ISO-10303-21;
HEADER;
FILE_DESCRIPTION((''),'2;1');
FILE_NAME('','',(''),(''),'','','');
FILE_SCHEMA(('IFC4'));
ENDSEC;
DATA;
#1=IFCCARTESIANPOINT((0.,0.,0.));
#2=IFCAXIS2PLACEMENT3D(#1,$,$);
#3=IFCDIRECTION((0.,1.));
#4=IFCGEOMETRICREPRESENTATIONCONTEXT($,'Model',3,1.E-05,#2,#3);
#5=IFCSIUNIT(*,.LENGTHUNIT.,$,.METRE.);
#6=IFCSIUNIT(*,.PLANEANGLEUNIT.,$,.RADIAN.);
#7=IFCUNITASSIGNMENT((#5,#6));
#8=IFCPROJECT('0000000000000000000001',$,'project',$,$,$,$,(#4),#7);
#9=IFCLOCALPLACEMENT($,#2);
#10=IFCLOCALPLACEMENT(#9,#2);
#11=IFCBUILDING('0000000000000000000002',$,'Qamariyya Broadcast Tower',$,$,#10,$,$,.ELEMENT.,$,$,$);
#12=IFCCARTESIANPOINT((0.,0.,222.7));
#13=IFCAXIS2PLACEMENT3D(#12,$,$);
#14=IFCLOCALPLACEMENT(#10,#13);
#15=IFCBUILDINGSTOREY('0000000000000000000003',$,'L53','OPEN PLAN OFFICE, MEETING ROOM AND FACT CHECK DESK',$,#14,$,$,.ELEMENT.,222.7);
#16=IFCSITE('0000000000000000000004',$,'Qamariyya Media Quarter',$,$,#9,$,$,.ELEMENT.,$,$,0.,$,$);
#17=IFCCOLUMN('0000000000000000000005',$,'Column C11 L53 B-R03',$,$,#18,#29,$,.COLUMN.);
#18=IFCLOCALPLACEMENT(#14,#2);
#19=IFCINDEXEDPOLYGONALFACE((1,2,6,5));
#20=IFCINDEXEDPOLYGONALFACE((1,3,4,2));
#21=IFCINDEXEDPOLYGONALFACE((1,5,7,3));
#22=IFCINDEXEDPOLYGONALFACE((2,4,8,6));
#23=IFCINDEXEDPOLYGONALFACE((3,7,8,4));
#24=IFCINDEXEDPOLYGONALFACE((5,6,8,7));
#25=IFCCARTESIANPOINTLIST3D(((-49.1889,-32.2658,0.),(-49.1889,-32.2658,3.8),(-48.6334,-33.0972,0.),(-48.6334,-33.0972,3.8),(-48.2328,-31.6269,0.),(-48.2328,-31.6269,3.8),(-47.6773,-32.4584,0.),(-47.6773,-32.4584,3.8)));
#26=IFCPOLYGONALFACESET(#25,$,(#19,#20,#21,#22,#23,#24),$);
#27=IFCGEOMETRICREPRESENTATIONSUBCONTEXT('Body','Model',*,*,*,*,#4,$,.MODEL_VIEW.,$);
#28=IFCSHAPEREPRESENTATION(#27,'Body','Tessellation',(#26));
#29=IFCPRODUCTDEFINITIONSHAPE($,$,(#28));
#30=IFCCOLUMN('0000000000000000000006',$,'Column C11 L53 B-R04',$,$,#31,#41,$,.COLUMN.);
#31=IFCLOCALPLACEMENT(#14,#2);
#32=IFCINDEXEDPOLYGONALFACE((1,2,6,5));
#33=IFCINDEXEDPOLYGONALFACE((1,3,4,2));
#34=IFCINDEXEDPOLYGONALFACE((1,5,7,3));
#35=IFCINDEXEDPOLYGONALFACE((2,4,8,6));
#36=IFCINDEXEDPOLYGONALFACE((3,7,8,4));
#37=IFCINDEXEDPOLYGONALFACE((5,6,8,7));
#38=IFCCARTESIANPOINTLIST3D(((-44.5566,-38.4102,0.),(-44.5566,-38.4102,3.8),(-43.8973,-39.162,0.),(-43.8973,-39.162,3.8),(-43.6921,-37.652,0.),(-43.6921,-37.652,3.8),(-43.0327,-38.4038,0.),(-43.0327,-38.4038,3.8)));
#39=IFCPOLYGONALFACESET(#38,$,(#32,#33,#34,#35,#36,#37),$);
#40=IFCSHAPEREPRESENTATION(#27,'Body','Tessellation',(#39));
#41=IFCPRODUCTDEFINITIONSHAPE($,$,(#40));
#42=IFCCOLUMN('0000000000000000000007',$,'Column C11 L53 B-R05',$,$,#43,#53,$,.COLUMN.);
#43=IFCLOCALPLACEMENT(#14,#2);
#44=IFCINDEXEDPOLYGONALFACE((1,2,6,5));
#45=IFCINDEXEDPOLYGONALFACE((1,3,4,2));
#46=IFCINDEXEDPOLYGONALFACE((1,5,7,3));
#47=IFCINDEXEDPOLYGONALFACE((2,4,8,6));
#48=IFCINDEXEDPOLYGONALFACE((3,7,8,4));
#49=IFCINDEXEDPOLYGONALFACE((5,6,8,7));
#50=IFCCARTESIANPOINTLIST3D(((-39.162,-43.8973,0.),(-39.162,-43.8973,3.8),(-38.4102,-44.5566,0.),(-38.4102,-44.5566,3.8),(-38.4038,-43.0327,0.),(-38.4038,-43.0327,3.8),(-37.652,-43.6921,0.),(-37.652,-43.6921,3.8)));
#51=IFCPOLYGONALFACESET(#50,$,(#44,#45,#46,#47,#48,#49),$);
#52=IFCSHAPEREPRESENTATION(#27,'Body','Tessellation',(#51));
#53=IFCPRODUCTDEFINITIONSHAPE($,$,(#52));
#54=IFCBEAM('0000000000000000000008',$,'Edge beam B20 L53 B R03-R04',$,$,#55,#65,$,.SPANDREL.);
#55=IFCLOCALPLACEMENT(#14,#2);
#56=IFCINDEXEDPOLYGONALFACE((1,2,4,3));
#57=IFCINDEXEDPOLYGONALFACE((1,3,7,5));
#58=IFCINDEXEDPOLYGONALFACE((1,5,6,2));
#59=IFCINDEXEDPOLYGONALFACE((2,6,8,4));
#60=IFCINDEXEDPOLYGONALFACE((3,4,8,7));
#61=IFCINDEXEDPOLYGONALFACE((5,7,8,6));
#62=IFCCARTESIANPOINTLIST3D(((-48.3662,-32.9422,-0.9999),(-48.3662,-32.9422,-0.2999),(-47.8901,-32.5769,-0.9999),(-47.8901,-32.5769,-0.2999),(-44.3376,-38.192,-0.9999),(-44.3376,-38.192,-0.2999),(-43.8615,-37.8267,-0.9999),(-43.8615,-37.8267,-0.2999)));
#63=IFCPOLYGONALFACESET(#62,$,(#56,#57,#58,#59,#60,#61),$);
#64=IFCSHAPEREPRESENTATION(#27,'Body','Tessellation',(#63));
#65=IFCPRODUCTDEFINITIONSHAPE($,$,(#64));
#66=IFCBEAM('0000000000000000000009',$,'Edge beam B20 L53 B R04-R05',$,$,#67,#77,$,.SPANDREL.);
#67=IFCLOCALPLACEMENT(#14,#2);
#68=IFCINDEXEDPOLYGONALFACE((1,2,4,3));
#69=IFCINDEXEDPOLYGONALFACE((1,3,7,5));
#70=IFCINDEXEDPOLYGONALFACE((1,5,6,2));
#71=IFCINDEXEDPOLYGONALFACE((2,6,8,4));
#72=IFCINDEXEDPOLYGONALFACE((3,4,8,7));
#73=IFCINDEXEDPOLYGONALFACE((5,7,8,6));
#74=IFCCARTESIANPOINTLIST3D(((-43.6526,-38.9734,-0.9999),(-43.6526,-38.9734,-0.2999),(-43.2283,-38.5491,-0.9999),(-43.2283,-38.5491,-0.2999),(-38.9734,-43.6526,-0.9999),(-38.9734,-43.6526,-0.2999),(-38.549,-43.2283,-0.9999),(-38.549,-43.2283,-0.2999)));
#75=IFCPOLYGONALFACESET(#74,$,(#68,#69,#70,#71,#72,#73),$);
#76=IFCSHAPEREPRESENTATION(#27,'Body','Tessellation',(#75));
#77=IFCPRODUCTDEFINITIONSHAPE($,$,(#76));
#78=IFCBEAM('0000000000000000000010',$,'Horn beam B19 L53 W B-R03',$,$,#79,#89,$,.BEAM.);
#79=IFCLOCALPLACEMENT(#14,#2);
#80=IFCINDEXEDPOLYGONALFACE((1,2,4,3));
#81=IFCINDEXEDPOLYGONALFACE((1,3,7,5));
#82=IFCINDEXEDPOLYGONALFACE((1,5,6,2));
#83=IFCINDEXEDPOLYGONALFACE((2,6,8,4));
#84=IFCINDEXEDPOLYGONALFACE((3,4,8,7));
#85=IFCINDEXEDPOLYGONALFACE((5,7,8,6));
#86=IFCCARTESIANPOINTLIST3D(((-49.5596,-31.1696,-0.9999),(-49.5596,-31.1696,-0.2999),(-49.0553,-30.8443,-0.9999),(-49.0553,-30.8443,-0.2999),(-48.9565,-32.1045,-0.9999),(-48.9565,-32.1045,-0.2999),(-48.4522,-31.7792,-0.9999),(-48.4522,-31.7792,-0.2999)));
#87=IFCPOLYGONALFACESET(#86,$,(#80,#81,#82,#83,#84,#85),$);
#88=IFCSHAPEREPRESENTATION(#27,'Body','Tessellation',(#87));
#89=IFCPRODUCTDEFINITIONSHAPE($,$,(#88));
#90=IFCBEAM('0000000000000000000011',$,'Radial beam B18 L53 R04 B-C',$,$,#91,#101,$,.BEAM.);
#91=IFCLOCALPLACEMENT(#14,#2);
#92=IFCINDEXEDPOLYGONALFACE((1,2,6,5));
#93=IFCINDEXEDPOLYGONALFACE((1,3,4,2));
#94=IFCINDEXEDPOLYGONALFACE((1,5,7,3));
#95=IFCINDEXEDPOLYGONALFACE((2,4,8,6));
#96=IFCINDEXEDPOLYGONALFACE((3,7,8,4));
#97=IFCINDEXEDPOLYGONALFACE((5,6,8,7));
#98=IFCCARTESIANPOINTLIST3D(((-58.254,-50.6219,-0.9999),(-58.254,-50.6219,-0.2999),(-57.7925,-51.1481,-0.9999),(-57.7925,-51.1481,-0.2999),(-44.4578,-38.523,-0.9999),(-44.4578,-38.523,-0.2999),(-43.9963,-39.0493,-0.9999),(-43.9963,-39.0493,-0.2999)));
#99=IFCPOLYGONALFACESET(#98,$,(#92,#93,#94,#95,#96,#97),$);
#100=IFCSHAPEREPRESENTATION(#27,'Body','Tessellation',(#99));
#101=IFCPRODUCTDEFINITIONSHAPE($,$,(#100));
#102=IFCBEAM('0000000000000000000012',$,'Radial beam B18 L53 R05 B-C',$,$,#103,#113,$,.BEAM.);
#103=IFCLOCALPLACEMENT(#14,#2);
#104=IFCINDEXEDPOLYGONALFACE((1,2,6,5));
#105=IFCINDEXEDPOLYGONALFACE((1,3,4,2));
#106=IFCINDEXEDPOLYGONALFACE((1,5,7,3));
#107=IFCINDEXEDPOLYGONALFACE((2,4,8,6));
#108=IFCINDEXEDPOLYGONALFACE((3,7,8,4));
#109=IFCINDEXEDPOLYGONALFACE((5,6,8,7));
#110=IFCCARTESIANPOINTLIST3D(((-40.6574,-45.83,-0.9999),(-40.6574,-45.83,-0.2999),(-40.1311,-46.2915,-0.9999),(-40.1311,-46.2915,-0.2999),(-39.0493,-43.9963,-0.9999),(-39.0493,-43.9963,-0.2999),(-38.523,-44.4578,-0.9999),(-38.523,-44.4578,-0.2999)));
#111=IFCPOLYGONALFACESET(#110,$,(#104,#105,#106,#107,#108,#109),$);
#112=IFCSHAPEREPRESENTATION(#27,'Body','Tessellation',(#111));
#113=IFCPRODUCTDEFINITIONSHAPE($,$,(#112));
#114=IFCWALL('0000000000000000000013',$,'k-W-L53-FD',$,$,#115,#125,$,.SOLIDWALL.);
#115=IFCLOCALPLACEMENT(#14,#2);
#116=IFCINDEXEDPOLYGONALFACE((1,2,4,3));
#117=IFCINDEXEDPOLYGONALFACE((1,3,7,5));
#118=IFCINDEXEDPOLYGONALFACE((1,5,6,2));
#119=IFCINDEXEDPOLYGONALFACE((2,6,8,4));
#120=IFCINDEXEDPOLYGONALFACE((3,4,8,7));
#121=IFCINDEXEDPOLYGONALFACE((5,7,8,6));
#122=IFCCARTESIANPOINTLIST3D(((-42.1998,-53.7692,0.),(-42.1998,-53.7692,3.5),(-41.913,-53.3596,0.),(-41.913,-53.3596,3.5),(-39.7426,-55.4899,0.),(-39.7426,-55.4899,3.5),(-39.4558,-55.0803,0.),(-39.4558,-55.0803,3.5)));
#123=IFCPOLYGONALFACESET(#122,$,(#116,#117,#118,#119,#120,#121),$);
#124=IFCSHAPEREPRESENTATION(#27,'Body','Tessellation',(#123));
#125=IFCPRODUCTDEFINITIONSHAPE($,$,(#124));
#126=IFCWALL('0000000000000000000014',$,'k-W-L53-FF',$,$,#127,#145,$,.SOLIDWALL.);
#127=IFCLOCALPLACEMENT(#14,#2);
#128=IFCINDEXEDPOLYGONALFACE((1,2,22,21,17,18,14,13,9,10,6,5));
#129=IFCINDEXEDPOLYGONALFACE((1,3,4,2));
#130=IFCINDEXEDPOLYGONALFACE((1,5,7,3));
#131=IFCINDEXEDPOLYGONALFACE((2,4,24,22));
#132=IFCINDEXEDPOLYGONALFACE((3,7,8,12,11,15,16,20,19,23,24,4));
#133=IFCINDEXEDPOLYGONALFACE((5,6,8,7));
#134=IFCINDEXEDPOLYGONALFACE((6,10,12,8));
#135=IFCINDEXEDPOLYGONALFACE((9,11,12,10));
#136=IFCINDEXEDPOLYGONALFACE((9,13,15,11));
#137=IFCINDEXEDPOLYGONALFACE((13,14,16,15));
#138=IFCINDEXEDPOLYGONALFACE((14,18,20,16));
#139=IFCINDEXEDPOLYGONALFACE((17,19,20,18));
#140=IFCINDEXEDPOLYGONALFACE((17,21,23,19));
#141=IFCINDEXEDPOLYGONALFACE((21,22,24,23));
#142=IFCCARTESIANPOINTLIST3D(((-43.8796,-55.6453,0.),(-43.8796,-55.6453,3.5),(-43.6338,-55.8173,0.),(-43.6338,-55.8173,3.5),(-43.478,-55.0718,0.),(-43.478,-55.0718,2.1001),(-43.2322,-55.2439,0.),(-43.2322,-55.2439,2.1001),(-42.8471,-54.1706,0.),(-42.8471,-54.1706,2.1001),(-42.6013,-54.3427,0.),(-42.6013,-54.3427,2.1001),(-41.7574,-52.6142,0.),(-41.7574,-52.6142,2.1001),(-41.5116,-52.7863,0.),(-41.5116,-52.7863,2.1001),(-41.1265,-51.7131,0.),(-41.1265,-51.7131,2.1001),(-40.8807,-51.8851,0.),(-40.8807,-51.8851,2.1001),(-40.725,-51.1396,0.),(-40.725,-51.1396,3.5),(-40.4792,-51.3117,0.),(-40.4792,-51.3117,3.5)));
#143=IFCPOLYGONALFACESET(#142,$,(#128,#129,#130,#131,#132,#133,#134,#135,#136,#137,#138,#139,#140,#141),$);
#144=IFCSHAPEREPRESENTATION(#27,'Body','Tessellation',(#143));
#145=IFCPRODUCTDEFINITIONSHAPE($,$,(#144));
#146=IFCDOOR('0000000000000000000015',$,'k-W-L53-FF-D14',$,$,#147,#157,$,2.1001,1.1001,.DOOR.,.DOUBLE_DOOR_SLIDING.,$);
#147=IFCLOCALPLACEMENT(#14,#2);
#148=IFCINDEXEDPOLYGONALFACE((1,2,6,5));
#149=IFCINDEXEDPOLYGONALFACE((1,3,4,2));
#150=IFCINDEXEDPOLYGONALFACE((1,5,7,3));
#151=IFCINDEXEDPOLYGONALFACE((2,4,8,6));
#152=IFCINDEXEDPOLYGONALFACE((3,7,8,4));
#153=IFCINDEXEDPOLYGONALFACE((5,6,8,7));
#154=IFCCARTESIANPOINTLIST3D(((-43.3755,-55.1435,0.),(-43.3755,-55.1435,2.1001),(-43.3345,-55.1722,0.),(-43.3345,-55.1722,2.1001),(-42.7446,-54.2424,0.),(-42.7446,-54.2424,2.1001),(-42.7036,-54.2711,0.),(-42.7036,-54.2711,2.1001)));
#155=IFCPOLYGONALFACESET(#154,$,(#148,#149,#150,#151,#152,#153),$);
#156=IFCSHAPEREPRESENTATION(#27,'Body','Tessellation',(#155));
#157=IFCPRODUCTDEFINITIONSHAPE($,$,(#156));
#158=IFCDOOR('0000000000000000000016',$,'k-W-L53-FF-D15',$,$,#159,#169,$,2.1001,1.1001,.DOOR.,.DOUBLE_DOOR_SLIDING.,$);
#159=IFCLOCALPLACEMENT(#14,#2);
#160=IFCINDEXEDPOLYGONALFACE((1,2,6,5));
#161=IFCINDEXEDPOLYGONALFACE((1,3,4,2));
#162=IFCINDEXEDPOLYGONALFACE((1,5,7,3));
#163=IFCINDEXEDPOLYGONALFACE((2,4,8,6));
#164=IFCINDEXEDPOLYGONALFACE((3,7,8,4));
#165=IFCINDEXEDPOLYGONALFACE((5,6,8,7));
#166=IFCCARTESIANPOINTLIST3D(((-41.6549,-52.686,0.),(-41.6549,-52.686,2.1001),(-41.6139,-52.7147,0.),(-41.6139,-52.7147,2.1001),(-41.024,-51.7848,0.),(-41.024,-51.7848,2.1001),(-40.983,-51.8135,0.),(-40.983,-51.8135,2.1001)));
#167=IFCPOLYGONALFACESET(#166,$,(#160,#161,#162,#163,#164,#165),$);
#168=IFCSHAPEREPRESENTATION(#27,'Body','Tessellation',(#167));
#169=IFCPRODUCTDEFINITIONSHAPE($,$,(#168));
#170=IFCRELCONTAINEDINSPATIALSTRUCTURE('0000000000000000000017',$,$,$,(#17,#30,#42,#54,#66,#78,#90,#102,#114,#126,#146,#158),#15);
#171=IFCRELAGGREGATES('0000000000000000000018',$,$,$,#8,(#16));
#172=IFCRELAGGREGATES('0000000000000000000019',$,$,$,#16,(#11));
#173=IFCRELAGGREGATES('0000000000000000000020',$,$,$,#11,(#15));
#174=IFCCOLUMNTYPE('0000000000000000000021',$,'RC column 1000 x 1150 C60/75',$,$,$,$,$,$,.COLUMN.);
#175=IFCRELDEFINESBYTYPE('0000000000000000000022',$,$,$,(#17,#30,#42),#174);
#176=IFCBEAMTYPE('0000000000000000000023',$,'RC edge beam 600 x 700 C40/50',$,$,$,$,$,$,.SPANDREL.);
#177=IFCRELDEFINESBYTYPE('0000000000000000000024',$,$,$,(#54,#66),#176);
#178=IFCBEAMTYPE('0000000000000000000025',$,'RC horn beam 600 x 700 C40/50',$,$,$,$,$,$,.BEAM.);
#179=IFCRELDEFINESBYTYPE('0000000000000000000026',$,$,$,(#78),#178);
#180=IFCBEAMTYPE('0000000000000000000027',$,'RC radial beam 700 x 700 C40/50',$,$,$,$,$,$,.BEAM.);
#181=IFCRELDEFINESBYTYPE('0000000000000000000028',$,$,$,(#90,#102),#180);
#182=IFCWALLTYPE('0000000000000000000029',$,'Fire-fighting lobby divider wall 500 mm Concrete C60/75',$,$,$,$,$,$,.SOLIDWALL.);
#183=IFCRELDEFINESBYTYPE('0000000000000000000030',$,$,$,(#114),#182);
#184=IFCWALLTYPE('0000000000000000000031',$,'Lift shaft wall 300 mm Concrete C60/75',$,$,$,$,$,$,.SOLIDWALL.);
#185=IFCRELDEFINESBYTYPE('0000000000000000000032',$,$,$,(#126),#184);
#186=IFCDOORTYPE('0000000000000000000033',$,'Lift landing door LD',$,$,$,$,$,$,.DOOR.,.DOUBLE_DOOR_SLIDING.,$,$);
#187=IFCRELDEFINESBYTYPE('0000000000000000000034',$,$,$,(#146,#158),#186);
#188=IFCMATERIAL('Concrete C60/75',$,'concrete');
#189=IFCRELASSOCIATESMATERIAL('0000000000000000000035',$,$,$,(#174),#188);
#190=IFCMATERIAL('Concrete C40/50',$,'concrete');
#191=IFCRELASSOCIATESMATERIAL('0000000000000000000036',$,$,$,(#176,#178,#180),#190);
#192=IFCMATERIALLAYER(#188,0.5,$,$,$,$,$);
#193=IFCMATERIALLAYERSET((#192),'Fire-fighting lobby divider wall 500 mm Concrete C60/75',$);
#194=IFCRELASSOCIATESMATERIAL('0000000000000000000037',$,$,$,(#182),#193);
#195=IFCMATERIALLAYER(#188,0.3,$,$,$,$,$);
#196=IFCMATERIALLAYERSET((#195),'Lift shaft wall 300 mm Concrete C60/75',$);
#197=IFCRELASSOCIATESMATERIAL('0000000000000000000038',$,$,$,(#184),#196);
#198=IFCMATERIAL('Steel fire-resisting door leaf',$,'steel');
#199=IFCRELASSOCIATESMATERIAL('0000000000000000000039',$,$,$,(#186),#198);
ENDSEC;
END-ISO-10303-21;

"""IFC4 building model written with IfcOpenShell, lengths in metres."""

from ifc_helpers import new_model, si_unit, direction, frame, frame_2d, origin, origin_2d, place, context, subcontext, project, spatial, rectangle, extrude, material, layer, layer_set, material_profile, profile_set, type_object, element, fill, save


model = new_model("IFC4")

# Units and contexts
model_context = context("Model", 3, precision=1e-05, world=origin(), true_north=direction((0.0, 1.0)))
body_context = subcontext(model_context, "Body", "Model", "MODEL_VIEW")
ifc_project = project(units=[si_unit("LENGTHUNIT", "METRE"), si_unit("PLANEANGLEUNIT", "RADIAN")], contexts=[model_context])

# Site, building, storey
site_placement = place(None, origin())
site = spatial("IfcSite", under=ifc_project, at=site_placement, Name="Qamariyya Media Quarter", CompositionType="ELEMENT", RefElevation=0.0)
building_placement = place(site_placement, origin())
building = spatial("IfcBuilding", under=site, at=building_placement, Name="Qamariyya Broadcast Tower", CompositionType="ELEMENT")
storey_placement = place(building_placement, frame((0.0, 0.0, 222.7)))
storey = spatial("IfcBuildingStorey", under=building, at=storey_placement, Name="L53", Description="OPEN PLAN OFFICE, MEETING ROOM AND FACT CHECK DESK", CompositionType="ELEMENT", Elevation=222.7)

# Columns
ifc_material_1 = material(Name="Concrete C60/75", Category="concrete")
ifc_material_profile_1 = material_profile(ifc_material_1, rectangle(XDim=1.0, YDim=1.1499, at=origin_2d()))
ifc_profile_set_1 = profile_set([ifc_material_profile_1], Name="Concrete C60/75")
column_type = type_object("IfcColumnType", Name="RC column 1000 x 1150 C60/75", PredefinedType="COLUMN", material=ifc_profile_set_1)
for number, where, z_axis, x_axis, name in (
    (1, (-48.4331, -32.3621, 0.0), (0.0, 0.0, 1.0), (0.55557, -0.83147, 0.0), "Column C11 L53 B-R03"),
    (2, (-43.7947, -38.407, 0.0), (0.0, 0.0, 1.0), (0.659346, -0.75184, 0.0), "Column C11 L53 B-R04"),
    (3, (-38.407, -43.7947, 0.0), (0.0, 0.0, 1.0), (0.75184, -0.659346, 0.0), "Column C11 L53 B-R05"),
):
    element("IfcColumn", number, at=place(storey_placement, frame(where, z_axis=z_axis, x_axis=x_axis)), inside=storey, type_object=column_type, Name=name, PredefinedType="COLUMN", context=body_context, shape_type="SweptSolid", body=[
        extrude(rectangle(XDim=1.0, YDim=1.1499, at=origin_2d()), origin(), (0.0, 0.0, 1.0), 3.8),
    ])

# Beams
ifc_material_2 = material(Name="Concrete C40/50", Category="concrete")
ifc_material_profile_2 = material_profile(ifc_material_2, rectangle(XDim=0.6001, YDim=0.7, at=origin_2d()))
ifc_profile_set_2 = profile_set([ifc_material_profile_2], Name="Concrete C40/50")
beam_type_1 = type_object("IfcBeamType", Name="RC edge beam 600 x 700 C40/50", PredefinedType="SPANDREL", material=ifc_profile_set_2)
for number, where, z_axis, x_axis, name in (
    (4, (-48.1282, -32.7595, -0.6499), (0.608789, -0.793333, 0.0), (0.793333, 0.608789, 0.0), "Edge beam B20 L53 B R03-R04"),
    (5, (-43.4404, -38.7612, -0.6499), (0.707107, -0.707107, 0.0), (0.707107, 0.707107, 0.0), "Edge beam B20 L53 B R04-R05"),
):
    element("IfcBeam", number, at=place(storey_placement, frame(where, z_axis=z_axis, x_axis=x_axis)), inside=storey, type_object=beam_type_1, Name=name, PredefinedType="SPANDREL", context=body_context, shape_type="SweptSolid", body=[
        extrude(rectangle(XDim=0.6001, YDim=0.7, at=origin_2d()), origin(), (0.0, 0.0, 1.0), 6.6174),
    ])
ifc_material_profile_3 = material_profile(ifc_material_2, rectangle(XDim=0.6001, YDim=0.7, at=origin_2d()))
ifc_profile_set_3 = profile_set([ifc_material_profile_3], Name="Concrete C40/50")
beam_type_2 = type_object("IfcBeamType", Name="RC horn beam 600 x 700 C40/50", PredefinedType="BEAM", material=ifc_profile_set_3)
beam_1_placement = place(storey_placement, frame((-48.7043, -31.9419, -0.6499), z_axis=(-0.542077, 0.840329, 0.0), x_axis=(-0.840329, -0.542077, 0.0)))
element("IfcBeam", 6, at=beam_1_placement, inside=storey, type_object=beam_type_2, Name="Horn beam B19 L53 W B-R03", PredefinedType="BEAM", context=body_context, shape_type="SweptSolid", body=[
    extrude(rectangle(XDim=0.6001, YDim=0.7, at=origin_2d()), origin(), (0.0, 0.0, 1.0), 1.1125),
])
ifc_material_profile_4 = material_profile(ifc_material_2, rectangle(XDim=0.7, YDim=0.7, at=origin_2d()))
ifc_profile_set_4 = profile_set([ifc_material_profile_4], Name="Concrete C40/50")
beam_type_3 = type_object("IfcBeamType", Name="RC radial beam 700 x 700 C40/50", PredefinedType="BEAM", material=ifc_profile_set_4)
beam_2_placement = place(storey_placement, frame((-44.2271, -38.7861, -0.6499), z_axis=(-0.75184, -0.659345, 0.0), x_axis=(0.659345, -0.75184, 0.0)))
element("IfcBeam", 7, at=beam_2_placement, inside=storey, type_object=beam_type_3, Name="Radial beam B18 L53 R04 B-C", PredefinedType="BEAM", context=body_context, shape_type="SweptSolid", body=[
    extrude(rectangle(XDim=0.7, YDim=0.7, at=origin_2d()), origin(), (0.0, 0.0, 1.0), 18.3499),
])
beam_3_placement = place(storey_placement, frame((-38.7861, -44.2271, -0.6499), z_axis=(-0.659348, -0.751838, 0.0), x_axis=(0.751838, -0.659348, 0.0)))
element("IfcBeam", 8, at=beam_3_placement, inside=storey, type_object=beam_type_3, Name="Radial beam B18 L53 R05 B-C", PredefinedType="BEAM", context=body_context, shape_type="SweptSolid", body=[
    extrude(rectangle(XDim=0.7, YDim=0.7, at=origin_2d()), origin(), (0.0, 0.0, 1.0), 2.439),
])

# Wall
ifc_layer_1 = layer(ifc_material_1, 0.5)
ifc_layer_set_1 = layer_set([ifc_layer_1], Name="Fire-fighting lobby divider wall 500 mm Concrete C60/75")
wall_type_1 = type_object("IfcWallType", Name="Fire-fighting lobby divider wall 500 mm Concrete C60/75", PredefinedType="SOLIDWALL", material=ifc_layer_set_1)
wall_1_placement = place(storey_placement, frame((-39.5991, -55.2852, 0.0), z_axis=(0.0, 0.0, 1.0), x_axis=(-0.819136, 0.573599, 0.0)))
element("IfcWall", 9, at=wall_1_placement, inside=storey, type_object=wall_type_1, Name="k-W-L53-FD", PredefinedType="SOLIDWALL", context=body_context, shape_type="SweptSolid", body=[
    extrude(rectangle(XDim=2.9998, YDim=0.5, at=frame_2d((1.5, 0.0))), origin(), (0.0, 0.0, 1.0), 3.5),
])

# Wall, openings, doors
ifc_layer_2 = layer(ifc_material_1, 0.3)
ifc_layer_set_2 = layer_set([ifc_layer_2], Name="Lift shaft wall 300 mm Concrete C60/75")
wall_type_2 = type_object("IfcWallType", Name="Lift shaft wall 300 mm Concrete C60/75", PredefinedType="SOLIDWALL", material=ifc_layer_set_2)
wall_2_placement = place(storey_placement, frame((-43.7566, -55.7312, 0.0), z_axis=(0.0, 0.0, 1.0), x_axis=(0.573537, 0.81918, 0.0)))
wall_2 = element("IfcWall", 10, at=wall_2_placement, inside=storey, type_object=wall_type_2, Name="k-W-L53-FF", PredefinedType="SOLIDWALL", context=body_context, shape_type="SweptSolid", body=[
    extrude(rectangle(XDim=5.5002, YDim=0.3, at=frame_2d((2.75, 0.0))), origin(), (0.0, 0.0, 1.0), 3.5),
])
opening_1_placement = place(wall_2_placement, frame((0.7, 0.0, 0.0)))
opening_1 = element("IfcOpeningElement", 11, at=opening_1_placement, cuts=wall_2, PredefinedType="OPENING", context=body_context, shape_type="SweptSolid", body=[
    extrude(rectangle(XDim=1.1001, YDim=2.1001, at=frame_2d((0.55, 1.05))), frame((0.0, 0.1599, 0.0), z_axis=(0.0, -1.0, 0.0), x_axis=(1.0, 0.0, 0.0)), (0.0, 0.0, 1.0), 0.3201),
])
opening_2_placement = place(wall_2_placement, frame((3.7, 0.0, 0.0)))
opening_2 = element("IfcOpeningElement", 12, at=opening_2_placement, cuts=wall_2, PredefinedType="OPENING", context=body_context, shape_type="SweptSolid", body=[
    extrude(rectangle(XDim=1.1001, YDim=2.1001, at=frame_2d((0.55, 1.05))), frame((0.0, 0.1599, 0.0), z_axis=(0.0, -1.0, 0.0), x_axis=(1.0, 0.0, 0.0)), (0.0, 0.0, 1.0), 0.3201),
])
ifc_material_3 = material(Name="Steel fire-resisting door leaf", Category="steel")
door_type = type_object("IfcDoorType", Name="Lift landing door LD", OperationType="DOUBLE_DOOR_SLIDING", PredefinedType="DOOR", material=ifc_material_3)
door_1_placement = place(opening_1_placement, origin())
door_1 = element("IfcDoor", 13, at=door_1_placement, inside=storey, type_object=door_type, Name="k-W-L53-FF-D14", OperationType="DOUBLE_DOOR_SLIDING", OverallHeight=2.1001, OverallWidth=1.1001, PredefinedType="DOOR", context=body_context, shape_type="SweptSolid", body=[
    extrude(rectangle(XDim=1.1001, YDim=2.1001, at=frame_2d((0.55, 1.05))), frame((0.0, 0.0249, 0.0), z_axis=(0.0, -1.0, 0.0), x_axis=(1.0, 0.0, 0.0)), (0.0, 0.0, 1.0), 0.05),
])
fill(opening_1, door_1)
door_2_placement = place(opening_2_placement, origin())
door_2 = element("IfcDoor", 14, at=door_2_placement, inside=storey, type_object=door_type, Name="k-W-L53-FF-D15", OperationType="DOUBLE_DOOR_SLIDING", OverallHeight=2.1001, OverallWidth=1.1001, PredefinedType="DOOR", context=body_context, shape_type="SweptSolid", body=[
    extrude(rectangle(XDim=1.1001, YDim=2.1001, at=frame_2d((0.55, 1.05))), frame((0.0, 0.0249, 0.0), z_axis=(0.0, -1.0, 0.0), x_axis=(1.0, 0.0, 0.0)), (0.0, 0.0, 1.0), 0.05),
])
fill(opening_2, door_2)

save(model, "model.ifc")
